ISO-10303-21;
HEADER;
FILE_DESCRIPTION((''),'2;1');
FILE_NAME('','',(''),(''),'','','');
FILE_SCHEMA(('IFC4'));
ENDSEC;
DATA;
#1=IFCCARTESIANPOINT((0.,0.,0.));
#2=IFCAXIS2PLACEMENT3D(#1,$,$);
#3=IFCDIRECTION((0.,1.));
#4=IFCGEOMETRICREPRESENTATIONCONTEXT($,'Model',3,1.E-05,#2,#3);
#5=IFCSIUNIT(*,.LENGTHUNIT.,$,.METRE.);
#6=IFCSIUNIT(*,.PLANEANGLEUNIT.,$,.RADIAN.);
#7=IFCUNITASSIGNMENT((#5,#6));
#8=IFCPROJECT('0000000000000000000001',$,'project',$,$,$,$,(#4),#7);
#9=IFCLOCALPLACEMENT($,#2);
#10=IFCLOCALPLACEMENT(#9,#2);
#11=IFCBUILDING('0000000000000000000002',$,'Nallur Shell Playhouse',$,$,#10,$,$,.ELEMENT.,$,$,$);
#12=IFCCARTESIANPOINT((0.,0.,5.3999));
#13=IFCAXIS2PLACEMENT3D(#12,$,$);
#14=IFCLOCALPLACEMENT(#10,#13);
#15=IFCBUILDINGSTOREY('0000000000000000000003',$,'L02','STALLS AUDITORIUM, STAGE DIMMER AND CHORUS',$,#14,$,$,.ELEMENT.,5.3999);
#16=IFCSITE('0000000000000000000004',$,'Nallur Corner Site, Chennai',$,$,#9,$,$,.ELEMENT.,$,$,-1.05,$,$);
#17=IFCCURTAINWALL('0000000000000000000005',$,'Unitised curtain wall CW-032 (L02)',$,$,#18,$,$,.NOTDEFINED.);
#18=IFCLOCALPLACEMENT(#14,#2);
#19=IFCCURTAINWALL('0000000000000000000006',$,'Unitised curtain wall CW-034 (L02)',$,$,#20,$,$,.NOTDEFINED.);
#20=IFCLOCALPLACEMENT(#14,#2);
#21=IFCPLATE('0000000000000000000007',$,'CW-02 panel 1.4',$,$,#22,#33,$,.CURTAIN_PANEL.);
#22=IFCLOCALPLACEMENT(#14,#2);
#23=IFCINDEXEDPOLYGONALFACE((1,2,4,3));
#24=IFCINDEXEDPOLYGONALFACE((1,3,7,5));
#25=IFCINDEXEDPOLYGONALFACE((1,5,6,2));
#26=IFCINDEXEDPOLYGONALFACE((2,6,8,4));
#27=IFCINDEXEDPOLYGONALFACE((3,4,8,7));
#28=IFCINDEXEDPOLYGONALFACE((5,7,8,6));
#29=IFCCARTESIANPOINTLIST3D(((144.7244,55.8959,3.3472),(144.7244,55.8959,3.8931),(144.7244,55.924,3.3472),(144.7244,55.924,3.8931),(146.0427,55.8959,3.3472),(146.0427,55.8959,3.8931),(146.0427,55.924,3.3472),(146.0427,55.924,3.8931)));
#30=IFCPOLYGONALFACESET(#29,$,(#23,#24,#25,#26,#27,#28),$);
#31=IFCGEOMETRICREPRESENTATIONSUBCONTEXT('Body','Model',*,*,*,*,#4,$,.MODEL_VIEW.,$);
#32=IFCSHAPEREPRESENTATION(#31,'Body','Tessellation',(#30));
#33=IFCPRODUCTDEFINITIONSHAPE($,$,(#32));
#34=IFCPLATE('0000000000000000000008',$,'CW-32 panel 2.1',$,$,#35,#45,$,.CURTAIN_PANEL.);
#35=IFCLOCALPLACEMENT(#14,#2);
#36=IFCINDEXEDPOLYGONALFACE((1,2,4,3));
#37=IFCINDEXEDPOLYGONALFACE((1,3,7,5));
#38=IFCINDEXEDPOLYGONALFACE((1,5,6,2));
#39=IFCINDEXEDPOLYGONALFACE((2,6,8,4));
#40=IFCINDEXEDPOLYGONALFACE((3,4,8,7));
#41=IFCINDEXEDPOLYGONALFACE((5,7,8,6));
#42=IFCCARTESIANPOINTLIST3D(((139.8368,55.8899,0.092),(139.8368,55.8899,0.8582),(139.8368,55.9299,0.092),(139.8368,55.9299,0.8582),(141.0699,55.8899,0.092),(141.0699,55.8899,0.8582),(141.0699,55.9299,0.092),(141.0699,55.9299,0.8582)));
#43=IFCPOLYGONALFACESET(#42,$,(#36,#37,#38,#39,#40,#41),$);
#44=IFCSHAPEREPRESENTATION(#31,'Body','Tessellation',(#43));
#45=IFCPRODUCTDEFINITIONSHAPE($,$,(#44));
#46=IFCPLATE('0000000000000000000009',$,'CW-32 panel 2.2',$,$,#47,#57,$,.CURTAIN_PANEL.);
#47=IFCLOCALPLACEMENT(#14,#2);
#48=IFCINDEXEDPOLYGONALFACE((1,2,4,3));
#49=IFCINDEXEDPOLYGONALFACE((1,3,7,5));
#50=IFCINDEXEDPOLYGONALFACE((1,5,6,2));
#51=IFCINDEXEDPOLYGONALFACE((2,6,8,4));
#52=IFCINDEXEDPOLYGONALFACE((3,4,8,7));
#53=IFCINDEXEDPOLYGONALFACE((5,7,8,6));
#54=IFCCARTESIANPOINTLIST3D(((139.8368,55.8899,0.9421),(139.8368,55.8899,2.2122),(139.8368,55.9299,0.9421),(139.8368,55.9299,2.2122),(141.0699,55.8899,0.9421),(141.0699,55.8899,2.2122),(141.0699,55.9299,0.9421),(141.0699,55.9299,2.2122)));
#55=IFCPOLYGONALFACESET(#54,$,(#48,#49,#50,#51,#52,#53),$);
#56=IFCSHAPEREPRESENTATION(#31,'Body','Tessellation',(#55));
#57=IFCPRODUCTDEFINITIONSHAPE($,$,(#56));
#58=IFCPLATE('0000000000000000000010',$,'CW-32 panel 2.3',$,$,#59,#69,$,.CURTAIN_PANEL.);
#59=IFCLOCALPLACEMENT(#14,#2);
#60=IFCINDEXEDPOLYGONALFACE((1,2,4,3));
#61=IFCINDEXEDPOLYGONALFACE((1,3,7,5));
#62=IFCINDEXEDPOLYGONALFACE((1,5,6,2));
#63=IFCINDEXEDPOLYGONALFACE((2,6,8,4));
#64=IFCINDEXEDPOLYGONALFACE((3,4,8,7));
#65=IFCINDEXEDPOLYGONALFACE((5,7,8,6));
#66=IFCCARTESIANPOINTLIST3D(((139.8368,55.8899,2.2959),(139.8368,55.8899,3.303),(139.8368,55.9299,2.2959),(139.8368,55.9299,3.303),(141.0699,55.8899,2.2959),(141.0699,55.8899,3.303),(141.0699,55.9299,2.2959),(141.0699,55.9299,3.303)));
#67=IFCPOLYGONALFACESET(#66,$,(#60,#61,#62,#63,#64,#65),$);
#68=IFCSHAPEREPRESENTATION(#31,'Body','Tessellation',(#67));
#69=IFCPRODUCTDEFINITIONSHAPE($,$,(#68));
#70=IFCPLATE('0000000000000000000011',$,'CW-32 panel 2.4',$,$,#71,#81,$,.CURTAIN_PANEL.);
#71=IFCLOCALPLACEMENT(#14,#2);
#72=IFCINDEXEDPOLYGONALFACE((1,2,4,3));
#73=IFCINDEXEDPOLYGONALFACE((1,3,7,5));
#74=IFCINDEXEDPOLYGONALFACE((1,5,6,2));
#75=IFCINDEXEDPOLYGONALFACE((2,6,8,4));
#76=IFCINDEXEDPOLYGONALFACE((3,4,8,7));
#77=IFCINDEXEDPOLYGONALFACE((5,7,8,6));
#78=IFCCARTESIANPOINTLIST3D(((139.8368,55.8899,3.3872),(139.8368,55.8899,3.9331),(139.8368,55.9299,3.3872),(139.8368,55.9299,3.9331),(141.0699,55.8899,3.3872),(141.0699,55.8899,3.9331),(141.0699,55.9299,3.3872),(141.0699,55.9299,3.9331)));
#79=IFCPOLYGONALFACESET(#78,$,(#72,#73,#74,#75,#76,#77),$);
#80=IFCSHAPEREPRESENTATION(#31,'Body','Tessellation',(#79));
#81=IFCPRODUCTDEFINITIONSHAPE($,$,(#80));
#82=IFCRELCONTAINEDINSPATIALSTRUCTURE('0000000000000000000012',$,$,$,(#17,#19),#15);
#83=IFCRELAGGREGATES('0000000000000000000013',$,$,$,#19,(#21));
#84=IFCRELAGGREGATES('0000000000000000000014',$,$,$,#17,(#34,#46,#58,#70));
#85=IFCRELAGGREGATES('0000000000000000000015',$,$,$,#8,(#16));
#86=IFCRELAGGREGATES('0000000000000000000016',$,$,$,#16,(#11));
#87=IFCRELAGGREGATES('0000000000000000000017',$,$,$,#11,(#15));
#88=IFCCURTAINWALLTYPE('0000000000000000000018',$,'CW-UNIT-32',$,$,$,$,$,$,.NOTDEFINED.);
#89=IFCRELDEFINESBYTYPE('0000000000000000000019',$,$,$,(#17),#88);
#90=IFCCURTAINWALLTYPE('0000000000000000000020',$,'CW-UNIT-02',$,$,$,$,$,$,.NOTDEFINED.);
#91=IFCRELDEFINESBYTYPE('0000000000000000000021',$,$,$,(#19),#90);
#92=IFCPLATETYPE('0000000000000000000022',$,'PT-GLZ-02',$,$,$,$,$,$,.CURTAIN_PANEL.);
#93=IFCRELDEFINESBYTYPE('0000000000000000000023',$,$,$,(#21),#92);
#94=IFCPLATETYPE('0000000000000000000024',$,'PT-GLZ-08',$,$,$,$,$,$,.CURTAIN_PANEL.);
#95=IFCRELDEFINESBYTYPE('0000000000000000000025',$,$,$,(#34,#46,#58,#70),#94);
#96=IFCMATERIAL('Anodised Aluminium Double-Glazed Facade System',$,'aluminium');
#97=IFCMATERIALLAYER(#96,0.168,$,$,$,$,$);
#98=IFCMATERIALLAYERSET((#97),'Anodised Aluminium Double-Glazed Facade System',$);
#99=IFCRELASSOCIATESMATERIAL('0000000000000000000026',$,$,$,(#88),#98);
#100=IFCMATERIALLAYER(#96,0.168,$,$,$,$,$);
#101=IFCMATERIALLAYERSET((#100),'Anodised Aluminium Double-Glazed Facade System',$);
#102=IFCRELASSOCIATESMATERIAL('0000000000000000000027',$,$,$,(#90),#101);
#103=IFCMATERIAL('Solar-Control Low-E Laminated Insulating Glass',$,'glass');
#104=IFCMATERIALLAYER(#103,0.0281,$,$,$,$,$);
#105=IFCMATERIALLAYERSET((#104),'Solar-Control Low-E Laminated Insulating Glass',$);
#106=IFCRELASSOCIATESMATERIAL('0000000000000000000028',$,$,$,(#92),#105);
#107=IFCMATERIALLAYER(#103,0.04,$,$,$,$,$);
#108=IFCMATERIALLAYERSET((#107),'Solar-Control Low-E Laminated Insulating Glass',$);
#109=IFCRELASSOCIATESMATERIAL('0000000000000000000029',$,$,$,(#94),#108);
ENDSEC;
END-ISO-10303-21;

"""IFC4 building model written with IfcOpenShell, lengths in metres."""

from ifc_helpers import new_model, si_unit, direction, frame, origin, origin_2d, place, context, subcontext, project, spatial, rectangle, extrude, material, layer, layer_set, type_object, element, aggregate, save


model = new_model("IFC4")

# Units and contexts
model_context = context("Model", 3, precision=1e-05, world=origin(), true_north=direction((0.0, 1.0)))
body_context = subcontext(model_context, "Body", "Model", "MODEL_VIEW")
ifc_project = project(units=[si_unit("LENGTHUNIT", "METRE"), si_unit("PLANEANGLEUNIT", "RADIAN")], contexts=[model_context])

# Site, building, storey
site_placement = place(None, origin())
site = spatial("IfcSite", under=ifc_project, at=site_placement, Name="Nallur Corner Site, Chennai", CompositionType="ELEMENT", RefElevation=-1.05)
building_placement = place(site_placement, origin())
building = spatial("IfcBuilding", under=site, at=building_placement, Name="Nallur Shell Playhouse", CompositionType="ELEMENT")
storey_placement = place(building_placement, frame((0.0, 0.0, 5.3999)))
storey = spatial("IfcBuildingStorey", under=building, at=storey_placement, Name="L02", Description="STALLS AUDITORIUM, STAGE DIMMER AND CHORUS", CompositionType="ELEMENT", Elevation=5.3999)

# Curtain walls
ifc_material_1 = material(Name="Anodised Aluminium Double-Glazed Facade System", Category="aluminium")
ifc_layer_1 = layer(ifc_material_1, 0.168)
ifc_layer_set_1 = layer_set([ifc_layer_1], Name="Anodised Aluminium Double-Glazed Facade System")
curtain_wall_type_1 = type_object("IfcCurtainWallType", Name="CW-UNIT-32", PredefinedType="NOTDEFINED", material=ifc_layer_set_1)
curtain_wall_1_placement = place(storey_placement, origin())
curtain_wall_1 = element("IfcCurtainWall", 1, at=curtain_wall_1_placement, inside=storey, type_object=curtain_wall_type_1, Name="Unitised curtain wall CW-032 (L02)", PredefinedType="NOTDEFINED")
ifc_layer_2 = layer(ifc_material_1, 0.168)
ifc_layer_set_2 = layer_set([ifc_layer_2], Name="Anodised Aluminium Double-Glazed Facade System")
curtain_wall_type_2 = type_object("IfcCurtainWallType", Name="CW-UNIT-02", PredefinedType="NOTDEFINED", material=ifc_layer_set_2)
curtain_wall_2_placement = place(storey_placement, origin())
curtain_wall_2 = element("IfcCurtainWall", 2, at=curtain_wall_2_placement, inside=storey, type_object=curtain_wall_type_2, Name="Unitised curtain wall CW-034 (L02)", PredefinedType="NOTDEFINED")

# Plates
ifc_material_2 = material(Name="Solar-Control Low-E Laminated Insulating Glass", Category="glass")
ifc_layer_3 = layer(ifc_material_2, 0.0281)
ifc_layer_set_3 = layer_set([ifc_layer_3], Name="Solar-Control Low-E Laminated Insulating Glass")
plate_type_1 = type_object("IfcPlateType", Name="PT-GLZ-02", PredefinedType="CURTAIN_PANEL", material=ifc_layer_set_3)
plate_1_placement = place(storey_placement, frame((145.3835, 55.9099, 3.3472), z_axis=(0.0, 0.0, 1.0), x_axis=(1.0, 0.0, 0.0)))
plate_1 = element("IfcPlate", 3, at=plate_1_placement, type_object=plate_type_1, Name="CW-02 panel 1.4", PredefinedType="CURTAIN_PANEL", context=body_context, shape_type="SweptSolid", body=[
    extrude(rectangle(XDim=1.3184, YDim=0.0281, at=origin_2d()), origin(), (0.0, 0.0, 1.0), 0.5459),
])
aggregate(curtain_wall_2, [plate_1])
ifc_layer_4 = layer(ifc_material_2, 0.04)
ifc_layer_set_4 = layer_set([ifc_layer_4], Name="Solar-Control Low-E Laminated Insulating Glass")
plate_type_2 = type_object("IfcPlateType", Name="PT-GLZ-08", PredefinedType="CURTAIN_PANEL", material=ifc_layer_set_4)
plate_2_placement = place(storey_placement, frame((140.4534, 55.9099, 0.092), z_axis=(0.0, 0.0, 1.0), x_axis=(1.0, 0.0, 0.0)))
plate_2 = element("IfcPlate", 4, at=plate_2_placement, type_object=plate_type_2, Name="CW-32 panel 2.1", PredefinedType="CURTAIN_PANEL", context=body_context, shape_type="SweptSolid", body=[
    extrude(rectangle(XDim=1.2332, YDim=0.04, at=origin_2d()), origin(), (0.0, 0.0, 1.0), 0.7661),
])
plate_3_placement = place(storey_placement, frame((140.4534, 55.9099, 0.9421), z_axis=(0.0, 0.0, 1.0), x_axis=(1.0, 0.0, 0.0)))
plate_3 = element("IfcPlate", 5, at=plate_3_placement, type_object=plate_type_2, Name="CW-32 panel 2.2", PredefinedType="CURTAIN_PANEL", context=body_context, shape_type="SweptSolid", body=[
    extrude(rectangle(XDim=1.2332, YDim=0.04, at=origin_2d()), origin(), (0.0, 0.0, 1.0), 1.27),
])
plate_4_placement = place(storey_placement, frame((140.4534, 55.9099, 2.2959), z_axis=(0.0, 0.0, 1.0), x_axis=(1.0, 0.0, 0.0)))
plate_4 = element("IfcPlate", 6, at=plate_4_placement, type_object=plate_type_2, Name="CW-32 panel 2.3", PredefinedType="CURTAIN_PANEL", context=body_context, shape_type="SweptSolid", body=[
    extrude(rectangle(XDim=1.2332, YDim=0.04, at=origin_2d()), origin(), (0.0, 0.0, 1.0), 1.0071),
])
plate_5_placement = place(storey_placement, frame((140.4534, 55.9099, 3.3872), z_axis=(0.0, 0.0, 1.0), x_axis=(1.0, 0.0, 0.0)))
plate_5 = element("IfcPlate", 7, at=plate_5_placement, type_object=plate_type_2, Name="CW-32 panel 2.4", PredefinedType="CURTAIN_PANEL", context=body_context, shape_type="SweptSolid", body=[
    extrude(rectangle(XDim=1.2332, YDim=0.04, at=origin_2d()), origin(), (0.0, 0.0, 1.0), 0.5459),
])
aggregate(curtain_wall_1, [plate_2, plate_3, plate_4, plate_5])

save(model, "model.ifc")
